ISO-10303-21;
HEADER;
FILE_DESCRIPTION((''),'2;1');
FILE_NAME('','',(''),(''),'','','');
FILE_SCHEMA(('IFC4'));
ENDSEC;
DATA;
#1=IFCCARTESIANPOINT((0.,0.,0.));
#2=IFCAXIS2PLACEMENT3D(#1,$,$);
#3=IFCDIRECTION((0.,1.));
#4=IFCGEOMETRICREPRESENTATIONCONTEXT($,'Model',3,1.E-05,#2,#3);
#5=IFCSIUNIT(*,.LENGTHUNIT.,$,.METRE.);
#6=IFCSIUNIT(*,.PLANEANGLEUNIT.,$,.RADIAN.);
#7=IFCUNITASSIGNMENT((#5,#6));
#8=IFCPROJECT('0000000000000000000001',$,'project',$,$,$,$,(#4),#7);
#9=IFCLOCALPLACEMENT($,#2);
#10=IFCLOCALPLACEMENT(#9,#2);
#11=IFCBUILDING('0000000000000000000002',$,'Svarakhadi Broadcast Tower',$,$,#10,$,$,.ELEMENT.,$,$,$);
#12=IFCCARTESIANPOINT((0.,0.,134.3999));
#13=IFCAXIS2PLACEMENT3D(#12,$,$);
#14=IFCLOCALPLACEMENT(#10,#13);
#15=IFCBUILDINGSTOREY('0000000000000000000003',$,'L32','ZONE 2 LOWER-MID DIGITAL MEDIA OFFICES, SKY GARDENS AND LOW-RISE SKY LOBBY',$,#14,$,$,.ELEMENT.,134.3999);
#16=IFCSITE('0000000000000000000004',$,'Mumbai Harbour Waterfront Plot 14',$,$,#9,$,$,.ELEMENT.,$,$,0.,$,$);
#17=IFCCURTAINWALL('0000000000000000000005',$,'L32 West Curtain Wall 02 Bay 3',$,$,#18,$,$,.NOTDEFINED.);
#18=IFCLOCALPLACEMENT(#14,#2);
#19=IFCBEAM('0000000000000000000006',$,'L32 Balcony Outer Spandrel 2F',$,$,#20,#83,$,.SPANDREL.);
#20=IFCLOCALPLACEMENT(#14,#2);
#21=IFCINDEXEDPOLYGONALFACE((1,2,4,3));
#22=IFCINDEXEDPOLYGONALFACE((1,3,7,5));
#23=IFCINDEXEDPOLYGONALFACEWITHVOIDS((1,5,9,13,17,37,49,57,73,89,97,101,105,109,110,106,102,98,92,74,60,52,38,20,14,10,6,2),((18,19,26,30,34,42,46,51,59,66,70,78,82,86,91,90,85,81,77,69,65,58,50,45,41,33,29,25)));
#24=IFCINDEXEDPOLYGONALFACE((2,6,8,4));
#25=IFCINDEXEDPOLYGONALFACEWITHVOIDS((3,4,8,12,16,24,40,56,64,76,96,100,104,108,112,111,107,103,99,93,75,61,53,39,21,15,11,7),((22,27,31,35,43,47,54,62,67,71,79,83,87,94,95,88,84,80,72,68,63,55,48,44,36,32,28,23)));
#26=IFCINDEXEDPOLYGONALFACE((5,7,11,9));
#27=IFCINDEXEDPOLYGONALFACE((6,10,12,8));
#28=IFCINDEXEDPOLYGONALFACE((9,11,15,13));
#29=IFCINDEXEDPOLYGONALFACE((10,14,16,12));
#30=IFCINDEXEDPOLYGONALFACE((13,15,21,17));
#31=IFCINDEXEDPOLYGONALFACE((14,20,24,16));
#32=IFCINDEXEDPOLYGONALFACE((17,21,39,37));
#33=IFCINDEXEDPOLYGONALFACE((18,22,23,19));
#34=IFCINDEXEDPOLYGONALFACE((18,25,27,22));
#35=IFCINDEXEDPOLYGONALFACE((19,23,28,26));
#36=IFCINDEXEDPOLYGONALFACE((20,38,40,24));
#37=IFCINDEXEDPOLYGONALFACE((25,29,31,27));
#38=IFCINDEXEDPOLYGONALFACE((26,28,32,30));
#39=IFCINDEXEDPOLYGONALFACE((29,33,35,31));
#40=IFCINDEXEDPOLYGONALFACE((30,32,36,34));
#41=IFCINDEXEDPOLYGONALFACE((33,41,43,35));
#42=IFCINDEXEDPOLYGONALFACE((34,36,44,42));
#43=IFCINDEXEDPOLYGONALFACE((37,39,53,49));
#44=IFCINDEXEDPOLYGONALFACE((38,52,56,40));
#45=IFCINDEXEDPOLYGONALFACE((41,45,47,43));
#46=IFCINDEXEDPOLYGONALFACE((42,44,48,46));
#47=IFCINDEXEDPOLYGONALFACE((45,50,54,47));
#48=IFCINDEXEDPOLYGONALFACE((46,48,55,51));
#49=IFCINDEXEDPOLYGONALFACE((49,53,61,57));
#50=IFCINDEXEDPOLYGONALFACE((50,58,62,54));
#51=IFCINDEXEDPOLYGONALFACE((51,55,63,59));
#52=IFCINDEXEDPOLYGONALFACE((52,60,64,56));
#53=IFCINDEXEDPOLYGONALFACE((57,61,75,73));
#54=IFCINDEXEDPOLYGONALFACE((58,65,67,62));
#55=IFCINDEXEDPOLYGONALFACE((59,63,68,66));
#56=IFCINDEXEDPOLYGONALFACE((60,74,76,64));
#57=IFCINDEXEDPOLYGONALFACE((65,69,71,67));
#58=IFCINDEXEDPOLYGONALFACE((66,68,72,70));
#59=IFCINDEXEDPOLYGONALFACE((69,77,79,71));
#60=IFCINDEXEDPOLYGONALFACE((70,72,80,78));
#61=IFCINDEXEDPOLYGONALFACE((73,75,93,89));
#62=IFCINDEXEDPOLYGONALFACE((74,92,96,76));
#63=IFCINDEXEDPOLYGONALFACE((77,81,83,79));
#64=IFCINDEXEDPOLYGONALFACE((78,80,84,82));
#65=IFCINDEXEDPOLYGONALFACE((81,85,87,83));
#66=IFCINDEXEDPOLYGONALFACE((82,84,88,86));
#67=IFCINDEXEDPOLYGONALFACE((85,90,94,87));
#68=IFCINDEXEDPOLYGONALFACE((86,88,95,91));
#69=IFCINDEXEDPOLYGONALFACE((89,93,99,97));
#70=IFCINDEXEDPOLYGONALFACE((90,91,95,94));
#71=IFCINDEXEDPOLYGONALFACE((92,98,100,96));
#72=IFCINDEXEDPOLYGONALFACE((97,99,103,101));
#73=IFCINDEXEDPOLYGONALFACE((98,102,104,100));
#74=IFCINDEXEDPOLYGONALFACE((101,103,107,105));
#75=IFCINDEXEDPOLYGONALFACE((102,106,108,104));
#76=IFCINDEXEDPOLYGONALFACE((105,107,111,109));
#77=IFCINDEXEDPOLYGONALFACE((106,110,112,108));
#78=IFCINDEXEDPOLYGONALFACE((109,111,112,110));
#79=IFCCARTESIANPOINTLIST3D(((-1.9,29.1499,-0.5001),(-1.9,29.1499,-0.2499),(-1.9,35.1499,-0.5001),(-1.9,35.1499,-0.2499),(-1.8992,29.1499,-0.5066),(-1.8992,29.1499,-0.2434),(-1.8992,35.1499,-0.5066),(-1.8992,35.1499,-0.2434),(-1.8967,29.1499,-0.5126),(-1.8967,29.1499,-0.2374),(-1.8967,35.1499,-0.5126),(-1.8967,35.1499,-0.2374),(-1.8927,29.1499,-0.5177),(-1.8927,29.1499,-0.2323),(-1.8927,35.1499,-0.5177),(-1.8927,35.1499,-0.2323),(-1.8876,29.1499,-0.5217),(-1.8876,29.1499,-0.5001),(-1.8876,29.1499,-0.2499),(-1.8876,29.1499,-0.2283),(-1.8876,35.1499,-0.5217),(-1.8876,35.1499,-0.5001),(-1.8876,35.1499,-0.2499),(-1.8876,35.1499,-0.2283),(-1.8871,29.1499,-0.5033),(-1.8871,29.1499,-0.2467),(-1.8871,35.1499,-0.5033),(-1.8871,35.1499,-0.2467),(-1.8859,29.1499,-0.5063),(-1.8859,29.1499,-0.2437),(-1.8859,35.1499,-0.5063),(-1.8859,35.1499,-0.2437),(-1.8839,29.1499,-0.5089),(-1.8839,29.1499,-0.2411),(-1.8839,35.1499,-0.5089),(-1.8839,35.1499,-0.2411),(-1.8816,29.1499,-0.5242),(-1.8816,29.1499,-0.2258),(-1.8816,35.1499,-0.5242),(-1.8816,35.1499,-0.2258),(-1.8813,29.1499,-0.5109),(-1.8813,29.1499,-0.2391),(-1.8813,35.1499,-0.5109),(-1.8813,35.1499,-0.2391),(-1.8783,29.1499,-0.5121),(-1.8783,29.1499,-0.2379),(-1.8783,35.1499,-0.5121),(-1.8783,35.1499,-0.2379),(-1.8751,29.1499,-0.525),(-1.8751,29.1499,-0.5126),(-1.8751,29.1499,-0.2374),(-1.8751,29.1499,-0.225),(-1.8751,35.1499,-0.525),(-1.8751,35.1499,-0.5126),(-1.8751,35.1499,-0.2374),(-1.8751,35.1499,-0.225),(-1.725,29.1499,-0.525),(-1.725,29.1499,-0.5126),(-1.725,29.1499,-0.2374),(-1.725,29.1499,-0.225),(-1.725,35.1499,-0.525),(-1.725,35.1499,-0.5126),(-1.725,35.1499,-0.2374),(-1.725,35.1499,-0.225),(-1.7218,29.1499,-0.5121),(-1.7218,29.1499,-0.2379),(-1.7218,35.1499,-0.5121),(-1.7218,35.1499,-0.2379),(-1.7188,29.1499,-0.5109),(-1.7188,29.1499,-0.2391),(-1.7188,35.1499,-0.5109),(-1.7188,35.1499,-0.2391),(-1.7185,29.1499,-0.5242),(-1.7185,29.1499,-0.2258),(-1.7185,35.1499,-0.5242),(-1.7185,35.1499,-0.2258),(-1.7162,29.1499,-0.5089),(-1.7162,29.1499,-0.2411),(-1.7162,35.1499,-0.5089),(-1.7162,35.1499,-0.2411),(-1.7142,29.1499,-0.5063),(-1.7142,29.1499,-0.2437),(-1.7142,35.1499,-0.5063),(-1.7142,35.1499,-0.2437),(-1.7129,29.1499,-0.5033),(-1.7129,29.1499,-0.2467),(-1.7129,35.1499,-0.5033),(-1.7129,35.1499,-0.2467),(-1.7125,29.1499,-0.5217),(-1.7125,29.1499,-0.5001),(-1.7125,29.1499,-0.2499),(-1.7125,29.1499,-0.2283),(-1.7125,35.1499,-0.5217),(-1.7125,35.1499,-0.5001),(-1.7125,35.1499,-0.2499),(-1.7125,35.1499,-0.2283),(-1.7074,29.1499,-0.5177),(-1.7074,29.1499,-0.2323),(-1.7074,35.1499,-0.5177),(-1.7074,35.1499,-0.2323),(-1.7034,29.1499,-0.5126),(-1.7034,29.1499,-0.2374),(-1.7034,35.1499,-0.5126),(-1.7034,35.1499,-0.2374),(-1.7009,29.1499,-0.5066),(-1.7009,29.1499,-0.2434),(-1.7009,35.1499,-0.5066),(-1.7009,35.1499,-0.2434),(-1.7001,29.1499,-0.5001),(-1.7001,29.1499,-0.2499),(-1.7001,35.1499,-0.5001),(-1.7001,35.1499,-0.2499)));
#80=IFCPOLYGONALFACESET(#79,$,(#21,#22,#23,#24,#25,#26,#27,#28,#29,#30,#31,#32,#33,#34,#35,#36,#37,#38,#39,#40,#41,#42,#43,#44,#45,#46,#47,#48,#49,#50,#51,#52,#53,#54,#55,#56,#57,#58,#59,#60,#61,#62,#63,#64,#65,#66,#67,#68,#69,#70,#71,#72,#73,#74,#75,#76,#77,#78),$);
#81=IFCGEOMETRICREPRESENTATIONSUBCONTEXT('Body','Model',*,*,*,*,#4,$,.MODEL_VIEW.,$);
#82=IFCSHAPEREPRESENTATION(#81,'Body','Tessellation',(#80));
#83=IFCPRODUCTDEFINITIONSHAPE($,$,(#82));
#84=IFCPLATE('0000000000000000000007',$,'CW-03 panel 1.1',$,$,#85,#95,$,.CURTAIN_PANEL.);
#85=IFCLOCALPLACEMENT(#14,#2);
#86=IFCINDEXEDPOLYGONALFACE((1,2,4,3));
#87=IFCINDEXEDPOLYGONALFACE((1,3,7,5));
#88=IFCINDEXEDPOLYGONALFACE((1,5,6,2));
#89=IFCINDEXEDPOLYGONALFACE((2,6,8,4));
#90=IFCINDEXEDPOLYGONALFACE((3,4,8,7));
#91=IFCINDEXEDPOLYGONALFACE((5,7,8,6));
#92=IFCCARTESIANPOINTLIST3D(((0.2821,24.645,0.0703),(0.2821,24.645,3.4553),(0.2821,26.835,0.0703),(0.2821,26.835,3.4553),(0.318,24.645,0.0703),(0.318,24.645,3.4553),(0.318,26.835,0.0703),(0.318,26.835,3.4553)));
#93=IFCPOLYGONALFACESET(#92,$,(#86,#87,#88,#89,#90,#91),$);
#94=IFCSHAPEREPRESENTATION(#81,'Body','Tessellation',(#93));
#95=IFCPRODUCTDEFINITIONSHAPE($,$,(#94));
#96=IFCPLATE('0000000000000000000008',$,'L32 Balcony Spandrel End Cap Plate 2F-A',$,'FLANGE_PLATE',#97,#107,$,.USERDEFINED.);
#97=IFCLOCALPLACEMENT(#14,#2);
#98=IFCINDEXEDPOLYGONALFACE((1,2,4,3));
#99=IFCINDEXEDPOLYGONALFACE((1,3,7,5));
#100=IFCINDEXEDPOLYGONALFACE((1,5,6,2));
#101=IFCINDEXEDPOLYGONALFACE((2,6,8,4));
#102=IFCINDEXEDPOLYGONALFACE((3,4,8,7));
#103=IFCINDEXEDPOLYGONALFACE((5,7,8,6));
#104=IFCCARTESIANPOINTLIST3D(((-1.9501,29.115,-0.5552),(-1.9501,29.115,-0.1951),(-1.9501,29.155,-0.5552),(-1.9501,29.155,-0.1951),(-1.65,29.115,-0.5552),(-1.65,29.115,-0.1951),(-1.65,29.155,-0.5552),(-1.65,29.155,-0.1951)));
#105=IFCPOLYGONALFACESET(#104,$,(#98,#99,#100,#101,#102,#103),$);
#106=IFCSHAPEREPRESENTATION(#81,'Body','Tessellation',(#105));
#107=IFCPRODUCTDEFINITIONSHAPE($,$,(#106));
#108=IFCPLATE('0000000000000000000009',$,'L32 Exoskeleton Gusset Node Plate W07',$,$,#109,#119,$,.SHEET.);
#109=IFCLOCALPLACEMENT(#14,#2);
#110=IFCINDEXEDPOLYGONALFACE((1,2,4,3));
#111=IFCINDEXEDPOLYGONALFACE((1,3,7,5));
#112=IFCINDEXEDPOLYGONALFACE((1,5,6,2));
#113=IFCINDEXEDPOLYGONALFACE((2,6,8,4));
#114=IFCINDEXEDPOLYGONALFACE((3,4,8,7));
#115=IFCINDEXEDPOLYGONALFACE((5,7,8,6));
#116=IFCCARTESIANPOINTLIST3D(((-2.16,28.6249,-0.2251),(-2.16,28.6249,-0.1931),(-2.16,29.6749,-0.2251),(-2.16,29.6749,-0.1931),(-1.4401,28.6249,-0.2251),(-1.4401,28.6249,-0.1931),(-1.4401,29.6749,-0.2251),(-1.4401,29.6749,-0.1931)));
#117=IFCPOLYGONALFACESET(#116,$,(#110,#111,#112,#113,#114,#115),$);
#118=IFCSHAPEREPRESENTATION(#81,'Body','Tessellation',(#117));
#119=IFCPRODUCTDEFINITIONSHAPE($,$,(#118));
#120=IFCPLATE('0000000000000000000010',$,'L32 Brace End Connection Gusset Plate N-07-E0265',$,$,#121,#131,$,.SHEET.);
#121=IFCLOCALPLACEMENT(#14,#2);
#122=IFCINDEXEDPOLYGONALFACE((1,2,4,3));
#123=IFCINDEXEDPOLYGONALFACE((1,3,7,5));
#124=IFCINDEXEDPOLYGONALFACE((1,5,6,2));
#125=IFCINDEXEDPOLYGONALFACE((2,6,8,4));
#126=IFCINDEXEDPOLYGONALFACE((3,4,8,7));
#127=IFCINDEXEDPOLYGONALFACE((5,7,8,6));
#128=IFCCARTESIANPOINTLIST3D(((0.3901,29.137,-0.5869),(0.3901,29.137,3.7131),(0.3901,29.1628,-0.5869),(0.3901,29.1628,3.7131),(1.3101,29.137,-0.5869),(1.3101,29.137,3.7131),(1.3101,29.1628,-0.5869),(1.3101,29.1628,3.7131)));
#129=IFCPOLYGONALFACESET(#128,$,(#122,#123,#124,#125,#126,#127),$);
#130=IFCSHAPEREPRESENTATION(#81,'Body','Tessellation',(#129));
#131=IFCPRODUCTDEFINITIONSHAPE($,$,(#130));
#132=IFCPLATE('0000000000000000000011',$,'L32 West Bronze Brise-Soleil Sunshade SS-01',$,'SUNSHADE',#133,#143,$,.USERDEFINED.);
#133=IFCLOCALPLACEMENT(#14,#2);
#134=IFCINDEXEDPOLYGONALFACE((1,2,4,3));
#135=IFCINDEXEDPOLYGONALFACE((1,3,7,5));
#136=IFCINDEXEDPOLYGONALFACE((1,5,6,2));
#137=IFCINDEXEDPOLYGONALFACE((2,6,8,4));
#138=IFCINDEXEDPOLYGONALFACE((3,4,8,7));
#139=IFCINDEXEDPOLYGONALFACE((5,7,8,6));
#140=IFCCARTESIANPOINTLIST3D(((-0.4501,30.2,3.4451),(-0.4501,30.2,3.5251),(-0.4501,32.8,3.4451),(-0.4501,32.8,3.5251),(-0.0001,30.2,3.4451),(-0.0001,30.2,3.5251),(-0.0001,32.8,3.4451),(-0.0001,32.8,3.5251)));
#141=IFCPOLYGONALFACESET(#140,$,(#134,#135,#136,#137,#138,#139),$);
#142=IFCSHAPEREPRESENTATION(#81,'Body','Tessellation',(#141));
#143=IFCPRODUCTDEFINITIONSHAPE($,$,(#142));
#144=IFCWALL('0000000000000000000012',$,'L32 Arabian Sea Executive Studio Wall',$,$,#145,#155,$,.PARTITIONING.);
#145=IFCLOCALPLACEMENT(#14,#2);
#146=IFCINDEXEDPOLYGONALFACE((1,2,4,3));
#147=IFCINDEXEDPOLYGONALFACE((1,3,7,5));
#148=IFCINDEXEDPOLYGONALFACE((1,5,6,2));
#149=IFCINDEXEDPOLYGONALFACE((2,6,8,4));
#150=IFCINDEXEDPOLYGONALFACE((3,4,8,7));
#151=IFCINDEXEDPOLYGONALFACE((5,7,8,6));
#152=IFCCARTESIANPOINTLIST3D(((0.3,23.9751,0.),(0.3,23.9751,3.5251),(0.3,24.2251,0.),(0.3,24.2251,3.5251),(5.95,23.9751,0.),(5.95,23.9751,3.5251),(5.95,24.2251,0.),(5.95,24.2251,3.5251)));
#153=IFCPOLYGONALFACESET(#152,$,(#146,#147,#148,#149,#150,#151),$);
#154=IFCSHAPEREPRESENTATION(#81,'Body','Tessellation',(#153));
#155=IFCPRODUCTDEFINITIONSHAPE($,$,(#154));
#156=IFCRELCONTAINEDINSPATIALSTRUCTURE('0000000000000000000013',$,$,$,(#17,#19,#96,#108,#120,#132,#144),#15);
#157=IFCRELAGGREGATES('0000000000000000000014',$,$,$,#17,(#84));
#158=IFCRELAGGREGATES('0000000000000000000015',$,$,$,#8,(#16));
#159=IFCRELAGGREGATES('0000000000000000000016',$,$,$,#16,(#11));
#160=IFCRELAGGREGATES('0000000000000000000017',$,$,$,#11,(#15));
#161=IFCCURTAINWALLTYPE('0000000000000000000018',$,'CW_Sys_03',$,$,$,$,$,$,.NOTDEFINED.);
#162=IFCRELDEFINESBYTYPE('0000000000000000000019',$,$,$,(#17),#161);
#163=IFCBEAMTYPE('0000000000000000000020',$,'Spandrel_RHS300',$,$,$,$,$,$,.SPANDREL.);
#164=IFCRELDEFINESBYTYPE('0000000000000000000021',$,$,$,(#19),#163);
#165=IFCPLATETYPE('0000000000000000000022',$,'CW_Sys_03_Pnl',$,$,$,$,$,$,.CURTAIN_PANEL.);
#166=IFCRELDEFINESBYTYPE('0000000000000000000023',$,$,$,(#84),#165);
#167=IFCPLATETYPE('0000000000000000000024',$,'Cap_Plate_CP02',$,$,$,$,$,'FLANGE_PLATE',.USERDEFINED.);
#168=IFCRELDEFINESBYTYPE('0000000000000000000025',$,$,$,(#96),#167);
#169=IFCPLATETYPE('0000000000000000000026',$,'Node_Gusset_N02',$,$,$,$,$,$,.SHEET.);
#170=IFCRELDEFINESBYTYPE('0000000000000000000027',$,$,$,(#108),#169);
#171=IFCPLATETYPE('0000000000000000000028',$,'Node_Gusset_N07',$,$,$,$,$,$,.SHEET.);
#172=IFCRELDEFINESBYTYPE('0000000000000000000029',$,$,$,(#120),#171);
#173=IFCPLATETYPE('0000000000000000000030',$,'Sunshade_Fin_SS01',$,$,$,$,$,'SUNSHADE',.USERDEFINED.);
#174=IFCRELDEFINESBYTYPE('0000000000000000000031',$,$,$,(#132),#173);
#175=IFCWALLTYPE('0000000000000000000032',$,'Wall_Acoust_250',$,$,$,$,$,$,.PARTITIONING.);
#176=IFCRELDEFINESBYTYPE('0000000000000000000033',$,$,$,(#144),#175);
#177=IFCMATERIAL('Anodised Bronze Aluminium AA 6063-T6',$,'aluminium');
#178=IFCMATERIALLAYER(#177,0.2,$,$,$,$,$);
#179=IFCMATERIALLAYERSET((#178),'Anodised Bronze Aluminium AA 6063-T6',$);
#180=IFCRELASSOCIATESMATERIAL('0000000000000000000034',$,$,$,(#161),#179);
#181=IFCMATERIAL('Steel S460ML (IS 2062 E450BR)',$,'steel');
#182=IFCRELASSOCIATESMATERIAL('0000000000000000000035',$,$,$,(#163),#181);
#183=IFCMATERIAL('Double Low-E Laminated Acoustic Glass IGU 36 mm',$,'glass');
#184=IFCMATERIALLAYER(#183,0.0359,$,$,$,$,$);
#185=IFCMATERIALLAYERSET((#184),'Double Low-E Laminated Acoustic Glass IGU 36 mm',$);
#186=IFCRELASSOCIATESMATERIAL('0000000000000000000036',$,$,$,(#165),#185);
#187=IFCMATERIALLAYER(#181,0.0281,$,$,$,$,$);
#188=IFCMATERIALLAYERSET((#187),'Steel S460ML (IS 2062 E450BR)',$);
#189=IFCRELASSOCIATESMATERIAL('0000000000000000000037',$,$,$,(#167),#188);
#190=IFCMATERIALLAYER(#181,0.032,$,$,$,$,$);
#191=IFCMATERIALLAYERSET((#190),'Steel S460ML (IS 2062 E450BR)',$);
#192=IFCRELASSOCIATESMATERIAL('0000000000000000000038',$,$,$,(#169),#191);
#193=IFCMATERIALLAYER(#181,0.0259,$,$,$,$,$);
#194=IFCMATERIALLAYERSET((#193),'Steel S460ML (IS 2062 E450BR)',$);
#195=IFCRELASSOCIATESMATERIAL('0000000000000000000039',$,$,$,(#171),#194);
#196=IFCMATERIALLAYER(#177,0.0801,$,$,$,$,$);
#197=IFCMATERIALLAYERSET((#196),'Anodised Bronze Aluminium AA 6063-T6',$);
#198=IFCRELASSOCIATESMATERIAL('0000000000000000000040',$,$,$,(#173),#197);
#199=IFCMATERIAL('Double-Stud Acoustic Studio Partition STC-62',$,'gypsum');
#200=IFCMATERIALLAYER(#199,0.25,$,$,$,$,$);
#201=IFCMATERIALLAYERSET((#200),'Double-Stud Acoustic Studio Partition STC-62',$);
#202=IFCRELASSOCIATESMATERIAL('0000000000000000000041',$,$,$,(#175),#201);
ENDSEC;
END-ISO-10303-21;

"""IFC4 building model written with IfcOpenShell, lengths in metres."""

from ifc_helpers import new_model, si_unit, direction, frame, frame_2d, origin, origin_2d, place, context, subcontext, project, spatial, rectangle, hollow_rectangle, extrude, material, layer, layer_set, material_profile, profile_set, type_object, element, aggregate, save


model = new_model("IFC4")

# Units and contexts
model_context = context("Model", 3, precision=1e-05, world=origin(), true_north=direction((0.0, 1.0)))
body_context = subcontext(model_context, "Body", "Model", "MODEL_VIEW")
ifc_project = project(units=[si_unit("LENGTHUNIT", "METRE"), si_unit("PLANEANGLEUNIT", "RADIAN")], contexts=[model_context])

# Site, building, storey
site_placement = place(None, origin())
site = spatial("IfcSite", under=ifc_project, at=site_placement, Name="Mumbai Harbour Waterfront Plot 14", CompositionType="ELEMENT", RefElevation=0.0)
building_placement = place(site_placement, origin())
building = spatial("IfcBuilding", under=site, at=building_placement, Name="Svarakhadi Broadcast Tower", CompositionType="ELEMENT")
storey_placement = place(building_placement, frame((0.0, 0.0, 134.3999)))
storey = spatial("IfcBuildingStorey", under=building, at=storey_placement, Name="L32", Description="ZONE 2 LOWER-MID DIGITAL MEDIA OFFICES, SKY GARDENS AND LOW-RISE SKY LOBBY", CompositionType="ELEMENT", Elevation=134.3999)

# Shared definitions
ifc_material_1 = material(Name="Steel S460ML (IS 2062 E450BR)", Category="steel")

# Shared definitions
ifc_material_2 = material(Name="Anodised Bronze Aluminium AA 6063-T6", Category="aluminium")
ifc_layer_1 = layer(ifc_material_2, 0.2)
ifc_layer_set_1 = layer_set([ifc_layer_1], Name="Anodised Bronze Aluminium AA 6063-T6")
curtain_wall_type = type_object("IfcCurtainWallType", Name="CW_Sys_03", PredefinedType="NOTDEFINED", material=ifc_layer_set_1)

# Curtain wall
curtain_wall_1_placement = place(storey_placement, origin())
curtain_wall_1 = element("IfcCurtainWall", 1, at=curtain_wall_1_placement, inside=storey, type_object=curtain_wall_type, Name="L32 West Curtain Wall 02 Bay 3", PredefinedType="NOTDEFINED")

# Beam
ifc_material_profile_1 = material_profile(ifc_material_1, hollow_rectangle(XDim=0.2, YDim=0.3, WallThickness=0.0125, InnerFilletRadius=0.0125, OuterFilletRadius=0.0249, at=origin_2d()), Name="RHS 300x200x12.5")
ifc_profile_set_1 = profile_set([ifc_material_profile_1], Name="Steel S460ML (IS 2062 E450BR)")
beam_type_1 = type_object("IfcBeamType", Name="Spandrel_RHS300", PredefinedType="SPANDREL", material=ifc_profile_set_1)
beam_1_placement = place(storey_placement, frame((-1.8, 29.1499, -0.375), z_axis=(0.0, 1.0, 0.0), x_axis=(-1.0, 0.0, 0.0)))
element("IfcBeam", 2, at=beam_1_placement, inside=storey, type_object=beam_type_1, Name="L32 Balcony Outer Spandrel 2F", PredefinedType="SPANDREL", context=body_context, shape_type="SweptSolid", body=[
    extrude(hollow_rectangle(XDim=0.2, YDim=0.3, WallThickness=0.0125, InnerFilletRadius=0.0125, OuterFilletRadius=0.0249, at=origin_2d()), origin(), (0.0, 0.0, 1.0), 6.0),
])

# Plate
ifc_material_3 = material(Name="Double Low-E Laminated Acoustic Glass IGU 36 mm", Category="glass")
ifc_layer_2 = layer(ifc_material_3, 0.0359)
ifc_layer_set_2 = layer_set([ifc_layer_2], Name="Double Low-E Laminated Acoustic Glass IGU 36 mm")
plate_type_1 = type_object("IfcPlateType", Name="CW_Sys_03_Pnl", PredefinedType="CURTAIN_PANEL", material=ifc_layer_set_2)
plate_1_placement = place(storey_placement, frame((0.3, 25.74, 0.0703), z_axis=(0.0, 0.0, 1.0), x_axis=(0.0, 1.0, 0.0)))
plate_1 = element("IfcPlate", 3, at=plate_1_placement, type_object=plate_type_1, Name="CW-03 panel 1.1", PredefinedType="CURTAIN_PANEL", context=body_context, shape_type="SweptSolid", body=[
    extrude(rectangle(XDim=2.1899, YDim=0.0359, at=origin_2d()), origin(), (0.0, 0.0, 1.0), 3.385),
])
aggregate(curtain_wall_1, [plate_1])

# Plates
ifc_layer_3 = layer(ifc_material_1, 0.0281)
ifc_layer_set_3 = layer_set([ifc_layer_3], Name="Steel S460ML (IS 2062 E450BR)")
plate_type_2 = type_object("IfcPlateType", Name="Cap_Plate_CP02", ElementType="FLANGE_PLATE", PredefinedType="USERDEFINED", material=ifc_layer_set_3)
plate_2_placement = place(storey_placement, frame((-1.8, 29.135, -0.5552), z_axis=(0.0, 0.0, 1.0), x_axis=(1.0, 0.0, 0.0)))
element("IfcPlate", 4, at=plate_2_placement, inside=storey, type_object=plate_type_2, Name="L32 Balcony Spandrel End Cap Plate 2F-A", ObjectType="FLANGE_PLATE", PredefinedType="USERDEFINED", context=body_context, shape_type="SweptSolid", body=[
    extrude(rectangle(XDim=0.3, YDim=0.04, at=origin_2d()), origin(), (0.0, 0.0, 1.0), 0.3601),
])
ifc_layer_4 = layer(ifc_material_1, 0.032)
ifc_layer_set_4 = layer_set([ifc_layer_4], Name="Steel S460ML (IS 2062 E450BR)")
plate_type_3 = type_object("IfcPlateType", Name="Node_Gusset_N02", PredefinedType="SHEET", material=ifc_layer_set_4)
plate_3_placement = place(storey_placement, frame((-1.8, 29.1499, -0.2251), z_axis=(0.0, 0.0, 1.0), x_axis=(0.0, 1.0, 0.0)))
element("IfcPlate", 5, at=plate_3_placement, inside=storey, type_object=plate_type_3, Name="L32 Exoskeleton Gusset Node Plate W07", PredefinedType="SHEET", context=body_context, shape_type="SweptSolid", body=[
    extrude(rectangle(XDim=1.05, YDim=0.72, at=origin_2d()), origin(), (0.0, 0.0, 1.0), 0.032),
])
ifc_layer_5 = layer(ifc_material_1, 0.0259)
ifc_layer_set_5 = layer_set([ifc_layer_5], Name="Steel S460ML (IS 2062 E450BR)")
plate_type_4 = type_object("IfcPlateType", Name="Node_Gusset_N07", PredefinedType="SHEET", material=ifc_layer_set_5)
plate_4_placement = place(storey_placement, frame((0.8501, 29.1499, -0.5869), z_axis=(0.0, 0.0, 1.0), x_axis=(1.0, 0.0, 0.0)))
element("IfcPlate", 6, at=plate_4_placement, inside=storey, type_object=plate_type_4, Name="L32 Brace End Connection Gusset Plate N-07-E0265", PredefinedType="SHEET", context=body_context, shape_type="SweptSolid", body=[
    extrude(rectangle(XDim=0.9199, YDim=0.0259, at=origin_2d()), origin(), (0.0, 0.0, 1.0), 4.3),
])
ifc_layer_6 = layer(ifc_material_2, 0.0801)
ifc_layer_set_6 = layer_set([ifc_layer_6], Name="Anodised Bronze Aluminium AA 6063-T6")
plate_type_5 = type_object("IfcPlateType", Name="Sunshade_Fin_SS01", ElementType="SUNSHADE", PredefinedType="USERDEFINED", material=ifc_layer_set_6)
plate_5_placement = place(storey_placement, frame((-0.2251, 31.5, 3.4451), z_axis=(0.0, 0.0, 1.0), x_axis=(0.0, 1.0, 0.0)))
element("IfcPlate", 7, at=plate_5_placement, inside=storey, type_object=plate_type_5, Name="L32 West Bronze Brise-Soleil Sunshade SS-01", ObjectType="SUNSHADE", PredefinedType="USERDEFINED", context=body_context, shape_type="SweptSolid", body=[
    extrude(rectangle(XDim=2.6001, YDim=0.45, at=origin_2d()), origin(), (0.0, 0.0, 1.0), 0.0801),
])

# Wall
ifc_material_4 = material(Name="Double-Stud Acoustic Studio Partition STC-62", Category="gypsum")
ifc_layer_7 = layer(ifc_material_4, 0.25)
ifc_layer_set_7 = layer_set([ifc_layer_7], Name="Double-Stud Acoustic Studio Partition STC-62")
wall_type_1 = type_object("IfcWallType", Name="Wall_Acoust_250", PredefinedType="PARTITIONING", material=ifc_layer_set_7)
wall_1_placement = place(storey_placement, frame((0.3, 24.1001, 0.0), z_axis=(0.0, 0.0, 1.0), x_axis=(1.0, 0.0, 0.0)))
element("IfcWall", 8, at=wall_1_placement, inside=storey, type_object=wall_type_1, Name="L32 Arabian Sea Executive Studio Wall", PredefinedType="PARTITIONING", context=body_context, shape_type="SweptSolid", body=[
    extrude(rectangle(XDim=5.6499, YDim=0.25, at=frame_2d((2.825, 0.0))), origin(), (0.0, 0.0, 1.0), 3.5251),
])

save(model, "model.ifc")
